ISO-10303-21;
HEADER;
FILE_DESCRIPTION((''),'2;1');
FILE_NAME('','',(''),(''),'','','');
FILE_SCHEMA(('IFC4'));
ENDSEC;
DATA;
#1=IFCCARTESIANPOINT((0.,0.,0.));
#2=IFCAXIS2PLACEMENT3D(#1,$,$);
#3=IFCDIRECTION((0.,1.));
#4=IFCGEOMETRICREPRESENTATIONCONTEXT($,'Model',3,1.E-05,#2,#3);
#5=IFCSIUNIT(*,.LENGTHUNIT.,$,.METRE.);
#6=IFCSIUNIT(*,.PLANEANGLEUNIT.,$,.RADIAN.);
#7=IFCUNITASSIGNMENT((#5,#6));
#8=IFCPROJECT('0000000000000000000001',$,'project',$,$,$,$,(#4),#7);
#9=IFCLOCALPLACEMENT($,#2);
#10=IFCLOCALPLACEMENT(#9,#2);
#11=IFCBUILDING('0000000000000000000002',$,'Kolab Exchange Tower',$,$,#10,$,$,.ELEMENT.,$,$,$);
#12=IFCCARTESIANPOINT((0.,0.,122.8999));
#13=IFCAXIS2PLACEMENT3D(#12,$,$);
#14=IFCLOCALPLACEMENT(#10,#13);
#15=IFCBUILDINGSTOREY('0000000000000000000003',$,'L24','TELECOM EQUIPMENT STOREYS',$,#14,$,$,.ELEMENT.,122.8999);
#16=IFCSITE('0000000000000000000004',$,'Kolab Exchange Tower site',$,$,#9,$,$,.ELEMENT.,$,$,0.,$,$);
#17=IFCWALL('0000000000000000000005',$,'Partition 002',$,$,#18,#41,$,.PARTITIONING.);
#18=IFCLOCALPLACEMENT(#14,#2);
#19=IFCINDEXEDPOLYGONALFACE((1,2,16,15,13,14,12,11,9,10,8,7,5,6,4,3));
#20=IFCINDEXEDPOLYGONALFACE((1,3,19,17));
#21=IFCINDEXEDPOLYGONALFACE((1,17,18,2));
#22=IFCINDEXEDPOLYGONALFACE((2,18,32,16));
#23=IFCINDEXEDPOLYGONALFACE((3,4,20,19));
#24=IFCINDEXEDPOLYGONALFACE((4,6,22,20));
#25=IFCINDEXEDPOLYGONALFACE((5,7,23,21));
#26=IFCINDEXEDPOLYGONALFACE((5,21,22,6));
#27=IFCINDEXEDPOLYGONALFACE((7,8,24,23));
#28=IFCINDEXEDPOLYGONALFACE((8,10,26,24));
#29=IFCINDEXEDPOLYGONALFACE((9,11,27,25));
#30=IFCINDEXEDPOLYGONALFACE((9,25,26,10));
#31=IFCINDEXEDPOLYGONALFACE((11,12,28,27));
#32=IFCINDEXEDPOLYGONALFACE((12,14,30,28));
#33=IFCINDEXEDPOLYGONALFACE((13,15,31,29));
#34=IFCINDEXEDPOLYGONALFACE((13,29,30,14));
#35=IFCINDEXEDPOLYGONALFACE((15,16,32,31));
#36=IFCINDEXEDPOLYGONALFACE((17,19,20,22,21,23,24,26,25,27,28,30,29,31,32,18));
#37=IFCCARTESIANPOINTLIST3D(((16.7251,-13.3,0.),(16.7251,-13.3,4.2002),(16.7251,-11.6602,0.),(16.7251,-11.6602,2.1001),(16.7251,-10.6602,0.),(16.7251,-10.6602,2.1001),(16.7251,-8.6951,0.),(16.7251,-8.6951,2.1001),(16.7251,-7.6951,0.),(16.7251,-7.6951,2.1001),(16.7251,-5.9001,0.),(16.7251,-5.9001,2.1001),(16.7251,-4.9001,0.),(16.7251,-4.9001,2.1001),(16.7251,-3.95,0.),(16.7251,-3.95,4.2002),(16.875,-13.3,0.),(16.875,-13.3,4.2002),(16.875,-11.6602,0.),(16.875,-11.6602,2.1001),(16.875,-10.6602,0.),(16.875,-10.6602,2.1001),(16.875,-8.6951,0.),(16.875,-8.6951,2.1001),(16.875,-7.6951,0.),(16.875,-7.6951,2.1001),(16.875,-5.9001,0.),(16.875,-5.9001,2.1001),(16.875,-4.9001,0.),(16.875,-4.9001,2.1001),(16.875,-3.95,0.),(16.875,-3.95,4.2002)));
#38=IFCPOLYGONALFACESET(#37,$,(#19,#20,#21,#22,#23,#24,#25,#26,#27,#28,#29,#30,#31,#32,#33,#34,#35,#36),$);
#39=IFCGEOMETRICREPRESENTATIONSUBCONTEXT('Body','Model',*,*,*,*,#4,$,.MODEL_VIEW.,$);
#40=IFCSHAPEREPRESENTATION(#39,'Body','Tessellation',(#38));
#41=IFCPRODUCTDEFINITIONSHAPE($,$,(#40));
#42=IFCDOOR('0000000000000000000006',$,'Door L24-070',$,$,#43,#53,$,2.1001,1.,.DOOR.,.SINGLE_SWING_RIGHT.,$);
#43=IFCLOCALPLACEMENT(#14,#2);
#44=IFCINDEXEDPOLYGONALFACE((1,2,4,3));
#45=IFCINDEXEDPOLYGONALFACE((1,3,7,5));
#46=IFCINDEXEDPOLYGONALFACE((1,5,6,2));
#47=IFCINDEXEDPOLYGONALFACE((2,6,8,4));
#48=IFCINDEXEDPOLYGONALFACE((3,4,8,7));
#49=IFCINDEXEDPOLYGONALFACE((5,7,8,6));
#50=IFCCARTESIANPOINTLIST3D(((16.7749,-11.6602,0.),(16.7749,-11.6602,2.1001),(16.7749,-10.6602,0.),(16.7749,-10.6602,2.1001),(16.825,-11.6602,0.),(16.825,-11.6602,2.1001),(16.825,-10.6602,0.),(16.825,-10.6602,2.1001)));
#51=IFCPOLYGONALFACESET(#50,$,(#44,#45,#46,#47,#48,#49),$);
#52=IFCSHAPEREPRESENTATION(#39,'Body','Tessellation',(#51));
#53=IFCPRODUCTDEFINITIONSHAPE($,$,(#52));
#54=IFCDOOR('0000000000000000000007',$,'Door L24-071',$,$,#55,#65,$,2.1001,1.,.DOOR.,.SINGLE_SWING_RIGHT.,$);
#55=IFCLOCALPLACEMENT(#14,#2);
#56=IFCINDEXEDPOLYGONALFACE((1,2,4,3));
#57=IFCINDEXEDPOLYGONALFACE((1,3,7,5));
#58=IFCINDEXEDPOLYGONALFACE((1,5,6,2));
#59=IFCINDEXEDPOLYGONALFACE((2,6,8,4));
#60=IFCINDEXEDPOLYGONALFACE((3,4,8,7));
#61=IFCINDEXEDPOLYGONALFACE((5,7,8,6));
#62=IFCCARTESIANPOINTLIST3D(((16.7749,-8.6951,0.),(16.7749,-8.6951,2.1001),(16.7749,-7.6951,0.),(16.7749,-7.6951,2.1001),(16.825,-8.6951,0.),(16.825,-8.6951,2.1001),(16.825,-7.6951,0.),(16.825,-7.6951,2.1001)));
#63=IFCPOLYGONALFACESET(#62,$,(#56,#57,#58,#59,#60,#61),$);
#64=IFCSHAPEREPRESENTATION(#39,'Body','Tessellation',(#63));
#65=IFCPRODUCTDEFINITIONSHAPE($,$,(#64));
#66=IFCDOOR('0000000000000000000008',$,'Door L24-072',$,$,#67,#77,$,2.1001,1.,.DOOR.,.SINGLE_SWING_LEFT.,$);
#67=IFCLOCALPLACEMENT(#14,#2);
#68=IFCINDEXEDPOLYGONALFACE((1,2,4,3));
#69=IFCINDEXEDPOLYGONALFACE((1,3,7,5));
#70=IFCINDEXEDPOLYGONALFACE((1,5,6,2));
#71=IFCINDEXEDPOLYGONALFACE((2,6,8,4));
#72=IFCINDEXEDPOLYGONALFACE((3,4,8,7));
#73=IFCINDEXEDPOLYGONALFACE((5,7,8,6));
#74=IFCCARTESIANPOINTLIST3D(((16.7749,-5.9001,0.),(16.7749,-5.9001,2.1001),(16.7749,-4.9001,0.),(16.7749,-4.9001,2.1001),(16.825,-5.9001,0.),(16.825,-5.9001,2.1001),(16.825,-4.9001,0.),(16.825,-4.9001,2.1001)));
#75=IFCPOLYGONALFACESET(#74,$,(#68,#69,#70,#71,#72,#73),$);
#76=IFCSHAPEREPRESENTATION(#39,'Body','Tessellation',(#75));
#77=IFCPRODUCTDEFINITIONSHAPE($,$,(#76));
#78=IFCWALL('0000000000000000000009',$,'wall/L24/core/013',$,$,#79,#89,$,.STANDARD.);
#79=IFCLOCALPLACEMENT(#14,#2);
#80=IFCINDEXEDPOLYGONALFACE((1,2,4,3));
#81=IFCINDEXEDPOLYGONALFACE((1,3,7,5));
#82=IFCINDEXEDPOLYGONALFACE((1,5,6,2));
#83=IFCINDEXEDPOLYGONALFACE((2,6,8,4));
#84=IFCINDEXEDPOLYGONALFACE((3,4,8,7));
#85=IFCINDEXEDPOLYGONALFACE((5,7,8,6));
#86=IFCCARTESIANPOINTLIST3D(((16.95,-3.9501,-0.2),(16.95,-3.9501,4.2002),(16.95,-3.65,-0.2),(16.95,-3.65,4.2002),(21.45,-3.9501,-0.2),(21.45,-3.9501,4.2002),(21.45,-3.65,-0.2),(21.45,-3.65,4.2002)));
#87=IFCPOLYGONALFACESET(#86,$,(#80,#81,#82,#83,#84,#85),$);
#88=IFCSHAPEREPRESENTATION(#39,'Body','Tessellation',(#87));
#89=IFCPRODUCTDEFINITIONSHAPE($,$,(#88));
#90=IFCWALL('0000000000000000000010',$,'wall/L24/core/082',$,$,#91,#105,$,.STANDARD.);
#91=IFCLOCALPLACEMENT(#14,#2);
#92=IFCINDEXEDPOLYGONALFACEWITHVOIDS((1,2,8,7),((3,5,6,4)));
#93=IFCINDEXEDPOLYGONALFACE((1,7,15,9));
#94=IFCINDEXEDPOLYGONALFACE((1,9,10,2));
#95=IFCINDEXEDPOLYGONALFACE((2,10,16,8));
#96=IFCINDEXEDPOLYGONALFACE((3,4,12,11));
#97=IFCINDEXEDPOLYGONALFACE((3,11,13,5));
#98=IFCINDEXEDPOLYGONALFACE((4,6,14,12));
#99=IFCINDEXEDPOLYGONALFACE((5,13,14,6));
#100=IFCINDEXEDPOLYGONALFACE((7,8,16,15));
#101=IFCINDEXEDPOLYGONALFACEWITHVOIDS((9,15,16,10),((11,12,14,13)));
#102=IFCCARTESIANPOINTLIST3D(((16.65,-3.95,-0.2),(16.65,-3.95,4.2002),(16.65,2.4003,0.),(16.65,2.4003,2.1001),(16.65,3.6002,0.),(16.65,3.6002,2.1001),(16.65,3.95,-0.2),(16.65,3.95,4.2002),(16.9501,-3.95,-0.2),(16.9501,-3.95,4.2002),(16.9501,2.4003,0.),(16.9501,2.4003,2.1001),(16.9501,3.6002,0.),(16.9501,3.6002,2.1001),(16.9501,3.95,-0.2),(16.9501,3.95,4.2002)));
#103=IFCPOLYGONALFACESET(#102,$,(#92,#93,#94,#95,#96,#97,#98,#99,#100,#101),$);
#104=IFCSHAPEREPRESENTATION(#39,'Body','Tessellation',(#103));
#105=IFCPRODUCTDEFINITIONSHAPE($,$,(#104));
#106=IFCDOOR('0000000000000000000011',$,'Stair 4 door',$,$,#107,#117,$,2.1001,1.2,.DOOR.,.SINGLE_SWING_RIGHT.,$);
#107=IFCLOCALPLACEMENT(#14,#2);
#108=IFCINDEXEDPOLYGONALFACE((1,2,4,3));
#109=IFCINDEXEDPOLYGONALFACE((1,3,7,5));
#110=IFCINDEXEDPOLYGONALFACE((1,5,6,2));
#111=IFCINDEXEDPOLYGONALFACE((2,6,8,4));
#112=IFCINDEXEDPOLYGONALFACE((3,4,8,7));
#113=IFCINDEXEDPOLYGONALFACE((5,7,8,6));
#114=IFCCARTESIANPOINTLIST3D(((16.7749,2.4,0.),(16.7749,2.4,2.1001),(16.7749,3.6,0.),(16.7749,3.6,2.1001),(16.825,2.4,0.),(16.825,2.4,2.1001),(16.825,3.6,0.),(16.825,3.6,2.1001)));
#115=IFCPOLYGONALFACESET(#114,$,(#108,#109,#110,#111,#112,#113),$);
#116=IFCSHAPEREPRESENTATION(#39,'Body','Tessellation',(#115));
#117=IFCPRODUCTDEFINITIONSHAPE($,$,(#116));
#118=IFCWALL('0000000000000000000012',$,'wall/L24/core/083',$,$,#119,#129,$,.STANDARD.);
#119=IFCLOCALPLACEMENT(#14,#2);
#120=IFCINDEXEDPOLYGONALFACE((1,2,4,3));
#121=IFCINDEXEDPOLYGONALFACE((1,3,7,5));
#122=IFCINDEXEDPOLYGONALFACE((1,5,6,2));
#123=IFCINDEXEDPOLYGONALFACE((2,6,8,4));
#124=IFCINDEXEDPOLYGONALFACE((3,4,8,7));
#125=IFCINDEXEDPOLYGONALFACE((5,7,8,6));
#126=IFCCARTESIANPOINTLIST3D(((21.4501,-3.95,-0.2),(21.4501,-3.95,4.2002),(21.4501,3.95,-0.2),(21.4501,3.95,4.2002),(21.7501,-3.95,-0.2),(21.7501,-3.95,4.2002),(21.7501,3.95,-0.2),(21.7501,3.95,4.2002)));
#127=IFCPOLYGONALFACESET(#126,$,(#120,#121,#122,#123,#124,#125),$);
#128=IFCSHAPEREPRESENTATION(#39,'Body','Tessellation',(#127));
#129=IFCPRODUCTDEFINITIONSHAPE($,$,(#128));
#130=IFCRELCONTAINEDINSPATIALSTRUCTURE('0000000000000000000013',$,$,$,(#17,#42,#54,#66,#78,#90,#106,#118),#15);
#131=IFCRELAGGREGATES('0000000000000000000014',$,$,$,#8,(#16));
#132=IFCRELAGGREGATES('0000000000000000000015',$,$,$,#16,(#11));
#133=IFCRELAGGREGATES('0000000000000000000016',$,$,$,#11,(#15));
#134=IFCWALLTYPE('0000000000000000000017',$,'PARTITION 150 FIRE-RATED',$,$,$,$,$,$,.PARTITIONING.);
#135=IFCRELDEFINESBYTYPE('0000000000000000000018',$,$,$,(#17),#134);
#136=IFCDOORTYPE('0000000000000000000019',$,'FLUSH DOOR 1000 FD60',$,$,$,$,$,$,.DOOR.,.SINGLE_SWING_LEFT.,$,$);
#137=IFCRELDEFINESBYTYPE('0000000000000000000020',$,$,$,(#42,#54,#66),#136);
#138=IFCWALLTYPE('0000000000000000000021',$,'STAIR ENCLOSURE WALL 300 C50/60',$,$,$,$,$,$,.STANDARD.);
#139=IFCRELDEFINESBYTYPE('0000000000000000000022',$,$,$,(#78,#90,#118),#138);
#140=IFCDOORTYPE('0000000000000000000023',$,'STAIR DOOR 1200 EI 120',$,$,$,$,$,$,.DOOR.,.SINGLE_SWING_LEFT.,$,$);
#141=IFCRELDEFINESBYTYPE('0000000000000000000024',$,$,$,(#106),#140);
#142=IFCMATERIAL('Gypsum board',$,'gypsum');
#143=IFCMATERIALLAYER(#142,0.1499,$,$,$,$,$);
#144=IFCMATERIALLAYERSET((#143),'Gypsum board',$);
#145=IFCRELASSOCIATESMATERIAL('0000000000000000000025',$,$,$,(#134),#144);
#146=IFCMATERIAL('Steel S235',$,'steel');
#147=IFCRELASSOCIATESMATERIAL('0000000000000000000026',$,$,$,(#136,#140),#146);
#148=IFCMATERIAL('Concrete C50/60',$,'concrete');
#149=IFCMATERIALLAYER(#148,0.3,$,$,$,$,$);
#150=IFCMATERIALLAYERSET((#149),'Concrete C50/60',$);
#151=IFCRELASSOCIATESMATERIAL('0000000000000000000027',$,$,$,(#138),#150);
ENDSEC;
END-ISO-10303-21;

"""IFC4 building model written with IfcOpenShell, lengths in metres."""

from ifc_helpers import new_model, si_unit, direction, frame, frame_2d, origin, place, context, subcontext, project, spatial, rectangle, extrude, material, layer, layer_set, type_object, element, fill, save


model = new_model("IFC4")

# Units and contexts
model_context = context("Model", 3, precision=1e-05, world=origin(), true_north=direction((0.0, 1.0)))
body_context = subcontext(model_context, "Body", "Model", "MODEL_VIEW")
ifc_project = project(units=[si_unit("LENGTHUNIT", "METRE"), si_unit("PLANEANGLEUNIT", "RADIAN")], contexts=[model_context])

# Site, building, storey
site_placement = place(None, origin())
site = spatial("IfcSite", under=ifc_project, at=site_placement, Name="Kolab Exchange Tower site", CompositionType="ELEMENT", RefElevation=0.0)
building_placement = place(site_placement, origin())
building = spatial("IfcBuilding", under=site, at=building_placement, Name="Kolab Exchange Tower", CompositionType="ELEMENT")
storey_placement = place(building_placement, frame((0.0, 0.0, 122.8999)))
storey = spatial("IfcBuildingStorey", under=building, at=storey_placement, Name="L24", Description="TELECOM EQUIPMENT STOREYS", CompositionType="ELEMENT", Elevation=122.8999)

# Shared definitions
ifc_material_1 = material(Name="Gypsum board", Category="gypsum")

# Wall, openings, doors
ifc_layer_1 = layer(ifc_material_1, 0.1499)
ifc_layer_set_1 = layer_set([ifc_layer_1], Name="Gypsum board")
wall_type_1 = type_object("IfcWallType", Name="PARTITION 150 FIRE-RATED", PredefinedType="PARTITIONING", material=ifc_layer_set_1)
wall_1_placement = place(storey_placement, frame((16.8, -13.3, 0.0), z_axis=(0.0, 0.0, 1.0), x_axis=(0.0, 1.0, 0.0)))
wall_1 = element("IfcWall", 1, at=wall_1_placement, inside=storey, type_object=wall_type_1, Name="Partition 002", PredefinedType="PARTITIONING", context=body_context, shape_type="SweptSolid", body=[
    extrude(rectangle(XDim=9.3501, YDim=0.1499, at=frame_2d((4.675, 0.0))), origin(), (0.0, 0.0, 1.0), 4.2002),
])
opening_1_placement = place(wall_1_placement, frame((1.6399, 0.0, 0.0)))
opening_1 = element("IfcOpeningElement", 2, at=opening_1_placement, cuts=wall_1, PredefinedType="OPENING", context=body_context, shape_type="SweptSolid", body=[
    extrude(rectangle(XDim=1.0, YDim=2.1001, at=frame_2d((0.5, 1.05))), frame((0.0, 0.085, 0.0), z_axis=(0.0, -1.0, 0.0), x_axis=(1.0, 0.0, 0.0)), (0.0, 0.0, 1.0), 0.1699),
])
opening_2_placement = place(wall_1_placement, frame((4.605, 0.0, 0.0)))
opening_2 = element("IfcOpeningElement", 3, at=opening_2_placement, cuts=wall_1, PredefinedType="OPENING", context=body_context, shape_type="SweptSolid", body=[
    extrude(rectangle(XDim=1.0, YDim=2.1001, at=frame_2d((0.5, 1.05))), frame((0.0, 0.085, 0.0), z_axis=(0.0, -1.0, 0.0), x_axis=(1.0, 0.0, 0.0)), (0.0, 0.0, 1.0), 0.1699),
])
opening_3_placement = place(wall_1_placement, frame((7.3999, 0.0, 0.0)))
opening_3 = element("IfcOpeningElement", 4, at=opening_3_placement, cuts=wall_1, PredefinedType="OPENING", context=body_context, shape_type="SweptSolid", body=[
    extrude(rectangle(XDim=1.0, YDim=2.1001, at=frame_2d((0.5, 1.05))), frame((0.0, 0.085, 0.0), z_axis=(0.0, -1.0, 0.0), x_axis=(1.0, 0.0, 0.0)), (0.0, 0.0, 1.0), 0.1699),
])
ifc_material_2 = material(Name="Steel S235", Category="steel")
door_type_1 = type_object("IfcDoorType", Name="FLUSH DOOR 1000 FD60", OperationType="SINGLE_SWING_LEFT", PredefinedType="DOOR", material=ifc_material_2)
door_1_placement = place(opening_1_placement, frame((1.0, 0.0, 0.0), z_axis=(0.0, 0.0, 1.0), x_axis=(-1.0, 0.0, 0.0)))
door_1 = element("IfcDoor", 5, at=door_1_placement, inside=storey, type_object=door_type_1, Name="Door L24-070", OperationType="SINGLE_SWING_RIGHT", OverallHeight=2.1001, OverallWidth=1.0, PredefinedType="DOOR", context=body_context, shape_type="SweptSolid", body=[
    extrude(rectangle(XDim=1.0, YDim=2.1001, at=frame_2d((0.5, 1.05))), frame((0.0, 0.0249, 0.0), z_axis=(0.0, -1.0, 0.0), x_axis=(1.0, 0.0, 0.0)), (0.0, 0.0, 1.0), 0.05),
])
fill(opening_1, door_1)
door_2_placement = place(opening_2_placement, frame((1.0, 0.0, 0.0), z_axis=(0.0, 0.0, 1.0), x_axis=(-1.0, 0.0, 0.0)))
door_2 = element("IfcDoor", 6, at=door_2_placement, inside=storey, type_object=door_type_1, Name="Door L24-071", OperationType="SINGLE_SWING_RIGHT", OverallHeight=2.1001, OverallWidth=1.0, PredefinedType="DOOR", context=body_context, shape_type="SweptSolid", body=[
    extrude(rectangle(XDim=1.0, YDim=2.1001, at=frame_2d((0.5, 1.05))), frame((0.0, 0.0249, 0.0), z_axis=(0.0, -1.0, 0.0), x_axis=(1.0, 0.0, 0.0)), (0.0, 0.0, 1.0), 0.05),
])
fill(opening_2, door_2)
door_3_placement = place(opening_3_placement, frame((1.0, 0.0, 0.0), z_axis=(0.0, 0.0, 1.0), x_axis=(-1.0, 0.0, 0.0)))
door_3 = element("IfcDoor", 7, at=door_3_placement, inside=storey, type_object=door_type_1, Name="Door L24-072", OperationType="SINGLE_SWING_LEFT", OverallHeight=2.1001, OverallWidth=1.0, PredefinedType="DOOR", context=body_context, shape_type="SweptSolid", body=[
    extrude(rectangle(XDim=1.0, YDim=2.1001, at=frame_2d((0.5, 1.05))), frame((0.0, 0.0249, 0.0), z_axis=(0.0, -1.0, 0.0), x_axis=(1.0, 0.0, 0.0)), (0.0, 0.0, 1.0), 0.05),
])
fill(opening_3, door_3)

# Wall
ifc_material_3 = material(Name="Concrete C50/60", Category="concrete")
ifc_layer_2 = layer(ifc_material_3, 0.3)
ifc_layer_set_2 = layer_set([ifc_layer_2], Name="Concrete C50/60")
wall_type_2 = type_object("IfcWallType", Name="STAIR ENCLOSURE WALL 300 C50/60", PredefinedType="STANDARD", material=ifc_layer_set_2)
wall_2_placement = place(storey_placement, frame((16.95, -3.8, -0.2), z_axis=(0.0, 0.0, 1.0), x_axis=(1.0, 0.0, 0.0)))
element("IfcWall", 8, at=wall_2_placement, inside=storey, type_object=wall_type_2, Name="wall/L24/core/013", PredefinedType="STANDARD", context=body_context, shape_type="SweptSolid", body=[
    extrude(rectangle(XDim=4.5, YDim=0.3, at=frame_2d((2.25, 0.0))), origin(), (0.0, 0.0, 1.0), 4.4001),
])

# Wall, opening, door
wall_3_placement = place(storey_placement, frame((16.8, -3.95, -0.2), z_axis=(0.0, 0.0, 1.0), x_axis=(0.0, 1.0, 0.0)))
wall_3 = element("IfcWall", 9, at=wall_3_placement, inside=storey, type_object=wall_type_2, Name="wall/L24/core/082", PredefinedType="STANDARD", context=body_context, shape_type="SweptSolid", body=[
    extrude(rectangle(XDim=7.8999, YDim=0.3, at=frame_2d((3.95, 0.0))), origin(), (0.0, 0.0, 1.0), 4.4001),
])
opening_4_placement = place(wall_3_placement, frame((6.3501, 0.0, 0.2)))
opening_4 = element("IfcOpeningElement", 10, at=opening_4_placement, cuts=wall_3, PredefinedType="OPENING", context=body_context, shape_type="SweptSolid", body=[
    extrude(rectangle(XDim=1.2, YDim=2.1001, at=frame_2d((0.6001, 1.05))), frame((0.0, 0.1602, 0.0), z_axis=(0.0, -1.0, 0.0), x_axis=(1.0, 0.0, 0.0)), (0.0, 0.0, 1.0), 0.3201),
])
door_type_2 = type_object("IfcDoorType", Name="STAIR DOOR 1200 EI 120", OperationType="SINGLE_SWING_LEFT", PredefinedType="DOOR", material=ifc_material_2)
door_4_placement = place(opening_4_placement, frame((1.2, 0.0, 0.0), z_axis=(0.0, 0.0, 1.0), x_axis=(-1.0, 0.0, 0.0)))
door_4 = element("IfcDoor", 11, at=door_4_placement, inside=storey, type_object=door_type_2, Name="Stair 4 door", OperationType="SINGLE_SWING_RIGHT", OverallHeight=2.1001, OverallWidth=1.2, PredefinedType="DOOR", context=body_context, shape_type="SweptSolid", body=[
    extrude(rectangle(XDim=1.2, YDim=2.1001, at=frame_2d((0.6001, 1.05))), frame((0.0, 0.0249, 0.0), z_axis=(0.0, -1.0, 0.0), x_axis=(1.0, 0.0, 0.0)), (0.0, 0.0, 1.0), 0.05),
])
fill(opening_4, door_4)

# Wall
wall_4_placement = place(storey_placement, frame((21.6001, -3.95, -0.2), z_axis=(0.0, 0.0, 1.0), x_axis=(0.0, 1.0, 0.0)))
element("IfcWall", 12, at=wall_4_placement, inside=storey, type_object=wall_type_2, Name="wall/L24/core/083", PredefinedType="STANDARD", context=body_context, shape_type="SweptSolid", body=[
    extrude(rectangle(XDim=7.8999, YDim=0.3, at=frame_2d((3.95, 0.0))), origin(), (0.0, 0.0, 1.0), 4.4001),
])

save(model, "model.ifc")
